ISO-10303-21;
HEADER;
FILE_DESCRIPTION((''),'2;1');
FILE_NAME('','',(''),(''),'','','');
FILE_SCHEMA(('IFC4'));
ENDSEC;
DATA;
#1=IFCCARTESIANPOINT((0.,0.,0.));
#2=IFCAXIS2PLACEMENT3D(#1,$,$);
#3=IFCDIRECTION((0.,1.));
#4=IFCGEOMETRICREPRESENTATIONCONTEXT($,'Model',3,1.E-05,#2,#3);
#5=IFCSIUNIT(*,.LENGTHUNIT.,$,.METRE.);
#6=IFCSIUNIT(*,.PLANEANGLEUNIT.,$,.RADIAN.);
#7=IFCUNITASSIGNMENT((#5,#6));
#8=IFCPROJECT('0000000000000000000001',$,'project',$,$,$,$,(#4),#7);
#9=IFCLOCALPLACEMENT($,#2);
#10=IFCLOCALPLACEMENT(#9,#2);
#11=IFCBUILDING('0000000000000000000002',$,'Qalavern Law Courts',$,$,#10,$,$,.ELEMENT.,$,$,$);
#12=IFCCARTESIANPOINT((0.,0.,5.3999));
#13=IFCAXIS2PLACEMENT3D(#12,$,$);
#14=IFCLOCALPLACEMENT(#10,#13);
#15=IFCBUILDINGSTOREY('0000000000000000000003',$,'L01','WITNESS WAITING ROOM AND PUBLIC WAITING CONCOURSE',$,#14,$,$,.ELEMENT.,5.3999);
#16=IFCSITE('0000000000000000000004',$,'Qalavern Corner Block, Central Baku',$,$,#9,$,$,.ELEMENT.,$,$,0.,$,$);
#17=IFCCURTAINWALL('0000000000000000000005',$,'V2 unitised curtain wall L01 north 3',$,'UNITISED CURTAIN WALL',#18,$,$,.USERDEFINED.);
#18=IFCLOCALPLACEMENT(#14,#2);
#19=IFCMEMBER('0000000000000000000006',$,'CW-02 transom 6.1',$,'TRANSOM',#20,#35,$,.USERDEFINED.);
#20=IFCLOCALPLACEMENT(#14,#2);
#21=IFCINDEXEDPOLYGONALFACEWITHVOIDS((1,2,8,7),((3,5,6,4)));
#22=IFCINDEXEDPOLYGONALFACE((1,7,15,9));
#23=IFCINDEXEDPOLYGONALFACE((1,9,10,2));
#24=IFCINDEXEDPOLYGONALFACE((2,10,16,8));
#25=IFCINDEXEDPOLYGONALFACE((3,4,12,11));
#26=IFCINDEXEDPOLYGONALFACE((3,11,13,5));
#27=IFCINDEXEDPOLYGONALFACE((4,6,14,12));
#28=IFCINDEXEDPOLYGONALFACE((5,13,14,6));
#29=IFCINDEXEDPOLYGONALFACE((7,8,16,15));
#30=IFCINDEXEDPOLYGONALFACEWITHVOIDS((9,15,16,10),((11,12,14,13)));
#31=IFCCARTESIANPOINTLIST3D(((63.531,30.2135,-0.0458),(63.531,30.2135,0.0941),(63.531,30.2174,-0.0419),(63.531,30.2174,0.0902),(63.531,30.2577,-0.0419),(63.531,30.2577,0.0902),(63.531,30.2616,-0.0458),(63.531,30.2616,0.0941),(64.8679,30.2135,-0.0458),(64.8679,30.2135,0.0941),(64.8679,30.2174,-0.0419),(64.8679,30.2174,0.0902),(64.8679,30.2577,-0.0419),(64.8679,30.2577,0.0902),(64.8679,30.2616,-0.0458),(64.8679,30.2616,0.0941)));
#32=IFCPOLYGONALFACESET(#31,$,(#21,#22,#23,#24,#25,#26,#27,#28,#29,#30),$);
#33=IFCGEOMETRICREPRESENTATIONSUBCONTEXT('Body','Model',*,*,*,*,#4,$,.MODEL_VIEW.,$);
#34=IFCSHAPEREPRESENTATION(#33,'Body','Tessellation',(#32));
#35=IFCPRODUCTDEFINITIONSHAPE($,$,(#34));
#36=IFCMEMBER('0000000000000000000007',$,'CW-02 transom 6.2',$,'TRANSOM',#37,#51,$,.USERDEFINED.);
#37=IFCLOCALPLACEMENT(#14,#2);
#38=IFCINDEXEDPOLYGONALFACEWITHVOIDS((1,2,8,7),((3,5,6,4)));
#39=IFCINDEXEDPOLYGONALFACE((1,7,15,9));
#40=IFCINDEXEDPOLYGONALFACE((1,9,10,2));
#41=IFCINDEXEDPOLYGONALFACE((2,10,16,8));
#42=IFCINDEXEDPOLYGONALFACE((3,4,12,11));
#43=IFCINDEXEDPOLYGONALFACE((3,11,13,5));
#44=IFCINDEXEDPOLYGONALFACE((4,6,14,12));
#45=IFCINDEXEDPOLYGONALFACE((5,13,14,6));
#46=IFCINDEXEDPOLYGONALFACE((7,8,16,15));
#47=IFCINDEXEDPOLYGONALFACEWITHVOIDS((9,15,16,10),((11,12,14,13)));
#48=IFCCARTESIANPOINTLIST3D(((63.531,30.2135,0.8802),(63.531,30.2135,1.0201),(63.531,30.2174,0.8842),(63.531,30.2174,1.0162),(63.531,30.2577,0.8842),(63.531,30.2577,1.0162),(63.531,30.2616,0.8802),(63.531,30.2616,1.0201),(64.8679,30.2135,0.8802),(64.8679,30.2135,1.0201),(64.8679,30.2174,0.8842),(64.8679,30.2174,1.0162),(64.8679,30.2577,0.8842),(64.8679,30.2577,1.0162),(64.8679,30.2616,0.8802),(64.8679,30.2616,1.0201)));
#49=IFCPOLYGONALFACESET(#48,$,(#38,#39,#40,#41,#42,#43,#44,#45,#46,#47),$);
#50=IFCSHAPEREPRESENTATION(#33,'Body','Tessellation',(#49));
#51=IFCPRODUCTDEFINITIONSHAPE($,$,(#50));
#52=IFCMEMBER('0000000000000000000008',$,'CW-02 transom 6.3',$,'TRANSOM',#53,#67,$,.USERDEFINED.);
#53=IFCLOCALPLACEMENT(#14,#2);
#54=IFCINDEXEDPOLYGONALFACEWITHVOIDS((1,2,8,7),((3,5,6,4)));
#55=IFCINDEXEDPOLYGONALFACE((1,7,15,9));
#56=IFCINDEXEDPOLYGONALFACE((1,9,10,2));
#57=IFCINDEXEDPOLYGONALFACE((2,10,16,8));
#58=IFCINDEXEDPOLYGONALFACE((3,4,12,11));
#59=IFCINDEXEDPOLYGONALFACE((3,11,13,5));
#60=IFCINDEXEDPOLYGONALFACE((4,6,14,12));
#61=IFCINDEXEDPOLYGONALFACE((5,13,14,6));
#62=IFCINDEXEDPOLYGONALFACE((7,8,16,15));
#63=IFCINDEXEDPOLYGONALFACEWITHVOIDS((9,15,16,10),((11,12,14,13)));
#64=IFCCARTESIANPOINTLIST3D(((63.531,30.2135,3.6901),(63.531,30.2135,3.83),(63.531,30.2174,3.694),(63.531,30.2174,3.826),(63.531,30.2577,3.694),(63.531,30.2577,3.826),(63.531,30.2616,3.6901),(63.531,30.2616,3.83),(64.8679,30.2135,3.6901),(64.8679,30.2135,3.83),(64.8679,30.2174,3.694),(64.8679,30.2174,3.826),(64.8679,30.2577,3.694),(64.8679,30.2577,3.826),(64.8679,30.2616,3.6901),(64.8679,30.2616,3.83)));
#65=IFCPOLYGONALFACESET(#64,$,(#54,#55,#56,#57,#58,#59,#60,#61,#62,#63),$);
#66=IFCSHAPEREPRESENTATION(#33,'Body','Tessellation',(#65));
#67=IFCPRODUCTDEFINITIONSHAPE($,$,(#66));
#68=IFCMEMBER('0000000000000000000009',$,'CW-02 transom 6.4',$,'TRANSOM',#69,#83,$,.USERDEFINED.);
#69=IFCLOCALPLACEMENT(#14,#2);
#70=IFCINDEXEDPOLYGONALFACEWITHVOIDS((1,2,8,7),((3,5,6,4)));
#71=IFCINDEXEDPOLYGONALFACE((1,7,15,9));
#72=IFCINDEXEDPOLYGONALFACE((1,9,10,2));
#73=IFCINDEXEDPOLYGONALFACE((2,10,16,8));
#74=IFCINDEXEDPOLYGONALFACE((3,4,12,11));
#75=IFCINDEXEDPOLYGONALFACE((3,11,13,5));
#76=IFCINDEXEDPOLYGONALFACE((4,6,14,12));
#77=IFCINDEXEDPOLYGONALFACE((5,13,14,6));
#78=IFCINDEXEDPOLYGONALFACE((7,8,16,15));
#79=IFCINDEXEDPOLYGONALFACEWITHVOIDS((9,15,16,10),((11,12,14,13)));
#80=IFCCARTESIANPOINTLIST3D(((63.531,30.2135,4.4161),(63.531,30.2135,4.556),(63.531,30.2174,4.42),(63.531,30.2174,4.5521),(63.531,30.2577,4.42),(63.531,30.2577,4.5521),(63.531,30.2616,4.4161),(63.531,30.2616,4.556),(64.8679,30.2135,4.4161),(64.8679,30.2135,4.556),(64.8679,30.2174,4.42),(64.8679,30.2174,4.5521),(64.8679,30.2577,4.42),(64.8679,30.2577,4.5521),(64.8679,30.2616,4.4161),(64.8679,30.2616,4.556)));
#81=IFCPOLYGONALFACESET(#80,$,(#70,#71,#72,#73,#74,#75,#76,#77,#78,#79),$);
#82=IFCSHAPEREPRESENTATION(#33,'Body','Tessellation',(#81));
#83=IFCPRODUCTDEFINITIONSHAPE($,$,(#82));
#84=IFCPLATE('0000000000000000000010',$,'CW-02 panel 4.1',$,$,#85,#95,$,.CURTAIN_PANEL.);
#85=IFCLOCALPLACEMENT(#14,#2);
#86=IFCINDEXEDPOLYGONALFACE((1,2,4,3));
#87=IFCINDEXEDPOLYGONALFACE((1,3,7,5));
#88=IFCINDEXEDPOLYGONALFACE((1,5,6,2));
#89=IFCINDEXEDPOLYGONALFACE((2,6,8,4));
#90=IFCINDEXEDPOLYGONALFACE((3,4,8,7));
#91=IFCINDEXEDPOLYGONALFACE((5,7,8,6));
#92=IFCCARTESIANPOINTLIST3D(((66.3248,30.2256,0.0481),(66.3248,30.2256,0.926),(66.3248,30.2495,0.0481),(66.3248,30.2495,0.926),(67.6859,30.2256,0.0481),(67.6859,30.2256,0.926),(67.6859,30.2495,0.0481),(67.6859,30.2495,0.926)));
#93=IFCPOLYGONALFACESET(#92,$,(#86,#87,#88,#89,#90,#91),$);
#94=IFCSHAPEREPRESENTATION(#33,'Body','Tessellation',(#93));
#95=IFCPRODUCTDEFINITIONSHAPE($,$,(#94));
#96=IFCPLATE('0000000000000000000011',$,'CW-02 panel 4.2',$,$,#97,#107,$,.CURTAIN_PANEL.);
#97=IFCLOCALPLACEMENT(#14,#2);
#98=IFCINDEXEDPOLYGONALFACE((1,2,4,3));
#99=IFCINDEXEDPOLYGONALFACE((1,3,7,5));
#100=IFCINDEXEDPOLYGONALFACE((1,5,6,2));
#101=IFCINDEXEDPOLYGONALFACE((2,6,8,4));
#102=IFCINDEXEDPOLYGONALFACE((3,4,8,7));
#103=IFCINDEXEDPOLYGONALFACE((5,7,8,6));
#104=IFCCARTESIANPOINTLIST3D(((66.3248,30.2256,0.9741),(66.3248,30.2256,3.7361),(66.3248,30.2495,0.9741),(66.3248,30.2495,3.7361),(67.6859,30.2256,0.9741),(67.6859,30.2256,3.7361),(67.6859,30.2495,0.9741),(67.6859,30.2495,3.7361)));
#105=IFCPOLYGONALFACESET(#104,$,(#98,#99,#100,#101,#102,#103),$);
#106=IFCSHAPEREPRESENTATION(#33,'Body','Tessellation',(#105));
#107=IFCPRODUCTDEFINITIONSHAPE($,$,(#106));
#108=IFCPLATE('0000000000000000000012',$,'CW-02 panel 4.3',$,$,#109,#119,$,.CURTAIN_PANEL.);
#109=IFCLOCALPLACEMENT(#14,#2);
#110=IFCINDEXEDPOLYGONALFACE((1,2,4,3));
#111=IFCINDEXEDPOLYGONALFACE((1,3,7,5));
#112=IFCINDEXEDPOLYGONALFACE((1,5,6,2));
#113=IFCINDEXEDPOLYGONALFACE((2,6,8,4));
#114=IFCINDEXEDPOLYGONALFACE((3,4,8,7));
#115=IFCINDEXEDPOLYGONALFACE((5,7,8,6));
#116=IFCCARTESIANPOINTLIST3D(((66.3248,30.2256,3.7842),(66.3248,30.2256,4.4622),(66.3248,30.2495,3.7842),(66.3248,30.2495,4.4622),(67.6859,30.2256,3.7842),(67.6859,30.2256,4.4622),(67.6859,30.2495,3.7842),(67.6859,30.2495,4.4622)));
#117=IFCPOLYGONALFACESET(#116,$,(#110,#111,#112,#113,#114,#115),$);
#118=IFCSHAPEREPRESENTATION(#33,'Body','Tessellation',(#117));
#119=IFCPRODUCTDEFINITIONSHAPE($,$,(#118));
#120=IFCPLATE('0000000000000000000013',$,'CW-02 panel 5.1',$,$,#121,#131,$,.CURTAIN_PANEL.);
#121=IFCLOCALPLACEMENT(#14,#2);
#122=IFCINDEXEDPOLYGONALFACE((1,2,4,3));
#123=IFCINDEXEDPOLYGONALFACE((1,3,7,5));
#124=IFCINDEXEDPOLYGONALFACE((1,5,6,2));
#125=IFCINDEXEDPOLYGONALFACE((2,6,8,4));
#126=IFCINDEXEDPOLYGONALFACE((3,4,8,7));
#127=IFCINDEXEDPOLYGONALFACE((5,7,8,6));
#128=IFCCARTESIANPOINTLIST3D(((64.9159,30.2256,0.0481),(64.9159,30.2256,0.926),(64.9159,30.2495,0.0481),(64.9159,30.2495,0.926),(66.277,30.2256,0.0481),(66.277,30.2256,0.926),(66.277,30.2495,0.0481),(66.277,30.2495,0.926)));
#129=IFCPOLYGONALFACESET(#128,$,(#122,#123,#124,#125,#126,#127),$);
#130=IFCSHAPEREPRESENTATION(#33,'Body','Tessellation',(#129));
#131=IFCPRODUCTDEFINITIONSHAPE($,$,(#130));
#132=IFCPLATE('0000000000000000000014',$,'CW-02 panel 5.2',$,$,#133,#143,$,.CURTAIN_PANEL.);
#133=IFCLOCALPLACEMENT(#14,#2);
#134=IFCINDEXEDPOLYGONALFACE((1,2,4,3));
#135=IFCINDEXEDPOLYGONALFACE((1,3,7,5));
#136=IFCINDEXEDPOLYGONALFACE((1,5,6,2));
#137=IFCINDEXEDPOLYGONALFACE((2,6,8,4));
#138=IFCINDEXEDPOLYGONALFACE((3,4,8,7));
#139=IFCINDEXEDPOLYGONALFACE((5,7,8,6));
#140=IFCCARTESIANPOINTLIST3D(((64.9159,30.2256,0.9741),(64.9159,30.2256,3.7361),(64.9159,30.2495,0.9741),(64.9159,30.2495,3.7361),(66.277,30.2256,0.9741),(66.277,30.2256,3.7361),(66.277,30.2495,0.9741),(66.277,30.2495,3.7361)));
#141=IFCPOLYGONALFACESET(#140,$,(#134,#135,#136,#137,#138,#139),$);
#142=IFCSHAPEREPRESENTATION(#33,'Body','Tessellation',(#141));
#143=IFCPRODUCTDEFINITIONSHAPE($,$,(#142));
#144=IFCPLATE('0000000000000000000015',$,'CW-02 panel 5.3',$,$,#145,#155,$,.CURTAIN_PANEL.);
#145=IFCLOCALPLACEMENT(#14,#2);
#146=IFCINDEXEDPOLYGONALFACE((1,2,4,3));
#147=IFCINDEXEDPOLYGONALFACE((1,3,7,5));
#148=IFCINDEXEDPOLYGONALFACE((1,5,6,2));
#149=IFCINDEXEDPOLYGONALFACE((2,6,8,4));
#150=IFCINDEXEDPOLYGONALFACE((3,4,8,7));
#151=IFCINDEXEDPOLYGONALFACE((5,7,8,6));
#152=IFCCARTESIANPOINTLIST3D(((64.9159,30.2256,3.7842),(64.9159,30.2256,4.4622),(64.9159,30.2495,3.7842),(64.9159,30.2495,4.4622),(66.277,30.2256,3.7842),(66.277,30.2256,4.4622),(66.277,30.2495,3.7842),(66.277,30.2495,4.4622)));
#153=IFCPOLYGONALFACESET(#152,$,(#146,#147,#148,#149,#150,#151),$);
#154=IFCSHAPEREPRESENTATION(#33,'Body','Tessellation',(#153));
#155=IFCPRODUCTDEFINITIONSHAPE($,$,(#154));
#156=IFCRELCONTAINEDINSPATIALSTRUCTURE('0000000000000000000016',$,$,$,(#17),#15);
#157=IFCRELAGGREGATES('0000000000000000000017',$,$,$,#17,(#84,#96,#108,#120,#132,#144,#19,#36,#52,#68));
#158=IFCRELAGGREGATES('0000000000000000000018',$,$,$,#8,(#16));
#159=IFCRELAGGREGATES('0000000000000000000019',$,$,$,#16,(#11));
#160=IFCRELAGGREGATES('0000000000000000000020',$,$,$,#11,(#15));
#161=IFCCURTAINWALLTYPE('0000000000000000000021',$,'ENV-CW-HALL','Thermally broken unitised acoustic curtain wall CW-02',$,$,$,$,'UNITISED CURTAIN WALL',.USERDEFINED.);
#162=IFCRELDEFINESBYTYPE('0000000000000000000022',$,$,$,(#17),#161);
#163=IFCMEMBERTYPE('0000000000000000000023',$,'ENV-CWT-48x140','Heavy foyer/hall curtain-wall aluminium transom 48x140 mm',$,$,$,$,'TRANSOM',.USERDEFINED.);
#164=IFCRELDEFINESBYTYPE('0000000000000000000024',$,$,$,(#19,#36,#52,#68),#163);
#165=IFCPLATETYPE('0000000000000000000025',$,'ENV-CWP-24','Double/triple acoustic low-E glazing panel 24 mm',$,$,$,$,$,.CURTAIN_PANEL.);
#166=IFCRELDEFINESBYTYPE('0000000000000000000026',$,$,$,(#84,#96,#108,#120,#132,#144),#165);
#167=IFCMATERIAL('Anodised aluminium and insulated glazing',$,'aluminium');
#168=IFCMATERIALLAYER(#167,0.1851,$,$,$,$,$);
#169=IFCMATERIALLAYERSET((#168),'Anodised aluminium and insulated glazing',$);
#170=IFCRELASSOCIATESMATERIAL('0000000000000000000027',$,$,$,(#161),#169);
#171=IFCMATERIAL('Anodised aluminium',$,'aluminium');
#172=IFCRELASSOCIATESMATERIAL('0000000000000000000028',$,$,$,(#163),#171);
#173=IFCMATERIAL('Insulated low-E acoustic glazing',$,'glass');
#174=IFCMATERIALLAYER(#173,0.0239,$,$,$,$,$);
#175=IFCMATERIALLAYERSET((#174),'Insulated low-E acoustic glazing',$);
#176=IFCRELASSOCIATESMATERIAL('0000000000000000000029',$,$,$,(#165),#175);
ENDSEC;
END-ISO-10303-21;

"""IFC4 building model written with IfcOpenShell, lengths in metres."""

from ifc_helpers import new_model, si_unit, direction, frame, origin, origin_2d, place, context, subcontext, project, spatial, rectangle, hollow_rectangle, extrude, material, layer, layer_set, material_profile, profile_set, type_object, element, aggregate, save


model = new_model("IFC4")

# Units and contexts
model_context = context("Model", 3, precision=1e-05, world=origin(), true_north=direction((0.0, 1.0)))
body_context = subcontext(model_context, "Body", "Model", "MODEL_VIEW")
ifc_project = project(units=[si_unit("LENGTHUNIT", "METRE"), si_unit("PLANEANGLEUNIT", "RADIAN")], contexts=[model_context])

# Site, building, storey
site_placement = place(None, origin())
site = spatial("IfcSite", under=ifc_project, at=site_placement, Name="Qalavern Corner Block, Central Baku", CompositionType="ELEMENT", RefElevation=0.0)
building_placement = place(site_placement, origin())
building = spatial("IfcBuilding", under=site, at=building_placement, Name="Qalavern Law Courts", CompositionType="ELEMENT")
storey_placement = place(building_placement, frame((0.0, 0.0, 5.3999)))
storey = spatial("IfcBuildingStorey", under=building, at=storey_placement, Name="L01", Description="WITNESS WAITING ROOM AND PUBLIC WAITING CONCOURSE", CompositionType="ELEMENT", Elevation=5.3999)

# Curtain wall, members, plates
ifc_material_1 = material(Name="Anodised aluminium and insulated glazing", Category="aluminium")
ifc_layer_1 = layer(ifc_material_1, 0.1851)
ifc_layer_set_1 = layer_set([ifc_layer_1], Name="Anodised aluminium and insulated glazing")
curtain_wall_type = type_object("IfcCurtainWallType", Name="ENV-CW-HALL", Description="Thermally broken unitised acoustic curtain wall CW-02", ElementType="UNITISED CURTAIN WALL", PredefinedType="USERDEFINED", material=ifc_layer_set_1)
curtain_wall_placement = place(storey_placement, origin())
curtain_wall = element("IfcCurtainWall", 1, at=curtain_wall_placement, inside=storey, type_object=curtain_wall_type, Name="V2 unitised curtain wall L01 north 3", ObjectType="UNITISED CURTAIN WALL", PredefinedType="USERDEFINED")
ifc_material_2 = material(Name="Anodised aluminium", Category="aluminium")
ifc_material_profile_1 = material_profile(ifc_material_2, hollow_rectangle(XDim=0.0481, YDim=0.1399, WallThickness=0.0039, at=origin_2d()), Name="ALU TRANSOM 48x140")
ifc_profile_set_1 = profile_set([ifc_material_profile_1], Name="Anodised aluminium")
member_type_1 = type_object("IfcMemberType", Name="ENV-CWT-48x140", Description="Heavy foyer/hall curtain-wall aluminium transom 48x140 mm", ElementType="TRANSOM", PredefinedType="USERDEFINED", material=ifc_profile_set_1)
member_1_placement = place(storey_placement, frame((64.8679, 30.2375, 0.0242), z_axis=(-1.0, 0.0, 0.0), x_axis=(0.0, -1.0, 0.0)))
member_1 = element("IfcMember", 2, at=member_1_placement, type_object=member_type_1, Name="CW-02 transom 6.1", ObjectType="TRANSOM", PredefinedType="USERDEFINED", context=body_context, shape_type="SweptSolid", body=[
    extrude(hollow_rectangle(XDim=0.0481, YDim=0.1399, WallThickness=0.0039, at=origin_2d()), origin(), (0.0, 0.0, 1.0), 1.3369),
])
member_2_placement = place(storey_placement, frame((64.8679, 30.2375, 0.9502), z_axis=(-1.0, 0.0, 0.0), x_axis=(0.0, -1.0, 0.0)))
member_2 = element("IfcMember", 3, at=member_2_placement, type_object=member_type_1, Name="CW-02 transom 6.2", ObjectType="TRANSOM", PredefinedType="USERDEFINED", context=body_context, shape_type="SweptSolid", body=[
    extrude(hollow_rectangle(XDim=0.0481, YDim=0.1399, WallThickness=0.0039, at=origin_2d()), origin(), (0.0, 0.0, 1.0), 1.3369),
])
member_3_placement = place(storey_placement, frame((64.8679, 30.2375, 3.76), z_axis=(-1.0, 0.0, 0.0), x_axis=(0.0, -1.0, 0.0)))
member_3 = element("IfcMember", 4, at=member_3_placement, type_object=member_type_1, Name="CW-02 transom 6.3", ObjectType="TRANSOM", PredefinedType="USERDEFINED", context=body_context, shape_type="SweptSolid", body=[
    extrude(hollow_rectangle(XDim=0.0481, YDim=0.1399, WallThickness=0.0039, at=origin_2d()), origin(), (0.0, 0.0, 1.0), 1.3369),
])
member_4_placement = place(storey_placement, frame((64.8679, 30.2375, 4.4861), z_axis=(-1.0, 0.0, 0.0), x_axis=(0.0, -1.0, 0.0)))
member_4 = element("IfcMember", 5, at=member_4_placement, type_object=member_type_1, Name="CW-02 transom 6.4", ObjectType="TRANSOM", PredefinedType="USERDEFINED", context=body_context, shape_type="SweptSolid", body=[
    extrude(hollow_rectangle(XDim=0.0481, YDim=0.1399, WallThickness=0.0039, at=origin_2d()), origin(), (0.0, 0.0, 1.0), 1.3369),
])
ifc_material_3 = material(Name="Insulated low-E acoustic glazing", Category="glass")
ifc_layer_2 = layer(ifc_material_3, 0.0239)
ifc_layer_set_2 = layer_set([ifc_layer_2], Name="Insulated low-E acoustic glazing")
plate_type = type_object("IfcPlateType", Name="ENV-CWP-24", Description="Double/triple acoustic low-E glazing panel 24 mm", PredefinedType="CURTAIN_PANEL", material=ifc_layer_set_2)
plate_1_placement = place(storey_placement, frame((67.0054, 30.2375, 0.0481), z_axis=(0.0, 0.0, 1.0), x_axis=(-1.0, 0.0, 0.0)))
plate_1 = element("IfcPlate", 6, at=plate_1_placement, type_object=plate_type, Name="CW-02 panel 4.1", PredefinedType="CURTAIN_PANEL", context=body_context, shape_type="SweptSolid", body=[
    extrude(rectangle(XDim=1.3611, YDim=0.0239, at=origin_2d()), origin(), (0.0, 0.0, 1.0), 0.8779),
])
plate_2_placement = place(storey_placement, frame((67.0054, 30.2375, 0.9741), z_axis=(0.0, 0.0, 1.0), x_axis=(-1.0, 0.0, 0.0)))
plate_2 = element("IfcPlate", 7, at=plate_2_placement, type_object=plate_type, Name="CW-02 panel 4.2", PredefinedType="CURTAIN_PANEL", context=body_context, shape_type="SweptSolid", body=[
    extrude(rectangle(XDim=1.3611, YDim=0.0239, at=origin_2d()), origin(), (0.0, 0.0, 1.0), 2.762),
])
plate_3_placement = place(storey_placement, frame((67.0054, 30.2375, 3.7842), z_axis=(0.0, 0.0, 1.0), x_axis=(-1.0, 0.0, 0.0)))
plate_3 = element("IfcPlate", 8, at=plate_3_placement, type_object=plate_type, Name="CW-02 panel 4.3", PredefinedType="CURTAIN_PANEL", context=body_context, shape_type="SweptSolid", body=[
    extrude(rectangle(XDim=1.3611, YDim=0.0239, at=origin_2d()), origin(), (0.0, 0.0, 1.0), 0.678),
])
plate_4_placement = place(storey_placement, frame((65.5964, 30.2375, 0.0481), z_axis=(0.0, 0.0, 1.0), x_axis=(-1.0, 0.0, 0.0)))
plate_4 = element("IfcPlate", 9, at=plate_4_placement, type_object=plate_type, Name="CW-02 panel 5.1", PredefinedType="CURTAIN_PANEL", context=body_context, shape_type="SweptSolid", body=[
    extrude(rectangle(XDim=1.3611, YDim=0.0239, at=origin_2d()), origin(), (0.0, 0.0, 1.0), 0.8779),
])
plate_5_placement = place(storey_placement, frame((65.5964, 30.2375, 0.9741), z_axis=(0.0, 0.0, 1.0), x_axis=(-1.0, 0.0, 0.0)))
plate_5 = element("IfcPlate", 10, at=plate_5_placement, type_object=plate_type, Name="CW-02 panel 5.2", PredefinedType="CURTAIN_PANEL", context=body_context, shape_type="SweptSolid", body=[
    extrude(rectangle(XDim=1.3611, YDim=0.0239, at=origin_2d()), origin(), (0.0, 0.0, 1.0), 2.762),
])
plate_6_placement = place(storey_placement, frame((65.5964, 30.2375, 3.7842), z_axis=(0.0, 0.0, 1.0), x_axis=(-1.0, 0.0, 0.0)))
plate_6 = element("IfcPlate", 11, at=plate_6_placement, type_object=plate_type, Name="CW-02 panel 5.3", PredefinedType="CURTAIN_PANEL", context=body_context, shape_type="SweptSolid", body=[
    extrude(rectangle(XDim=1.3611, YDim=0.0239, at=origin_2d()), origin(), (0.0, 0.0, 1.0), 0.678),
])
aggregate(curtain_wall, [plate_1, plate_2, plate_3, plate_4, plate_5, plate_6, member_1, member_2, member_3, member_4])

save(model, "model.ifc")
